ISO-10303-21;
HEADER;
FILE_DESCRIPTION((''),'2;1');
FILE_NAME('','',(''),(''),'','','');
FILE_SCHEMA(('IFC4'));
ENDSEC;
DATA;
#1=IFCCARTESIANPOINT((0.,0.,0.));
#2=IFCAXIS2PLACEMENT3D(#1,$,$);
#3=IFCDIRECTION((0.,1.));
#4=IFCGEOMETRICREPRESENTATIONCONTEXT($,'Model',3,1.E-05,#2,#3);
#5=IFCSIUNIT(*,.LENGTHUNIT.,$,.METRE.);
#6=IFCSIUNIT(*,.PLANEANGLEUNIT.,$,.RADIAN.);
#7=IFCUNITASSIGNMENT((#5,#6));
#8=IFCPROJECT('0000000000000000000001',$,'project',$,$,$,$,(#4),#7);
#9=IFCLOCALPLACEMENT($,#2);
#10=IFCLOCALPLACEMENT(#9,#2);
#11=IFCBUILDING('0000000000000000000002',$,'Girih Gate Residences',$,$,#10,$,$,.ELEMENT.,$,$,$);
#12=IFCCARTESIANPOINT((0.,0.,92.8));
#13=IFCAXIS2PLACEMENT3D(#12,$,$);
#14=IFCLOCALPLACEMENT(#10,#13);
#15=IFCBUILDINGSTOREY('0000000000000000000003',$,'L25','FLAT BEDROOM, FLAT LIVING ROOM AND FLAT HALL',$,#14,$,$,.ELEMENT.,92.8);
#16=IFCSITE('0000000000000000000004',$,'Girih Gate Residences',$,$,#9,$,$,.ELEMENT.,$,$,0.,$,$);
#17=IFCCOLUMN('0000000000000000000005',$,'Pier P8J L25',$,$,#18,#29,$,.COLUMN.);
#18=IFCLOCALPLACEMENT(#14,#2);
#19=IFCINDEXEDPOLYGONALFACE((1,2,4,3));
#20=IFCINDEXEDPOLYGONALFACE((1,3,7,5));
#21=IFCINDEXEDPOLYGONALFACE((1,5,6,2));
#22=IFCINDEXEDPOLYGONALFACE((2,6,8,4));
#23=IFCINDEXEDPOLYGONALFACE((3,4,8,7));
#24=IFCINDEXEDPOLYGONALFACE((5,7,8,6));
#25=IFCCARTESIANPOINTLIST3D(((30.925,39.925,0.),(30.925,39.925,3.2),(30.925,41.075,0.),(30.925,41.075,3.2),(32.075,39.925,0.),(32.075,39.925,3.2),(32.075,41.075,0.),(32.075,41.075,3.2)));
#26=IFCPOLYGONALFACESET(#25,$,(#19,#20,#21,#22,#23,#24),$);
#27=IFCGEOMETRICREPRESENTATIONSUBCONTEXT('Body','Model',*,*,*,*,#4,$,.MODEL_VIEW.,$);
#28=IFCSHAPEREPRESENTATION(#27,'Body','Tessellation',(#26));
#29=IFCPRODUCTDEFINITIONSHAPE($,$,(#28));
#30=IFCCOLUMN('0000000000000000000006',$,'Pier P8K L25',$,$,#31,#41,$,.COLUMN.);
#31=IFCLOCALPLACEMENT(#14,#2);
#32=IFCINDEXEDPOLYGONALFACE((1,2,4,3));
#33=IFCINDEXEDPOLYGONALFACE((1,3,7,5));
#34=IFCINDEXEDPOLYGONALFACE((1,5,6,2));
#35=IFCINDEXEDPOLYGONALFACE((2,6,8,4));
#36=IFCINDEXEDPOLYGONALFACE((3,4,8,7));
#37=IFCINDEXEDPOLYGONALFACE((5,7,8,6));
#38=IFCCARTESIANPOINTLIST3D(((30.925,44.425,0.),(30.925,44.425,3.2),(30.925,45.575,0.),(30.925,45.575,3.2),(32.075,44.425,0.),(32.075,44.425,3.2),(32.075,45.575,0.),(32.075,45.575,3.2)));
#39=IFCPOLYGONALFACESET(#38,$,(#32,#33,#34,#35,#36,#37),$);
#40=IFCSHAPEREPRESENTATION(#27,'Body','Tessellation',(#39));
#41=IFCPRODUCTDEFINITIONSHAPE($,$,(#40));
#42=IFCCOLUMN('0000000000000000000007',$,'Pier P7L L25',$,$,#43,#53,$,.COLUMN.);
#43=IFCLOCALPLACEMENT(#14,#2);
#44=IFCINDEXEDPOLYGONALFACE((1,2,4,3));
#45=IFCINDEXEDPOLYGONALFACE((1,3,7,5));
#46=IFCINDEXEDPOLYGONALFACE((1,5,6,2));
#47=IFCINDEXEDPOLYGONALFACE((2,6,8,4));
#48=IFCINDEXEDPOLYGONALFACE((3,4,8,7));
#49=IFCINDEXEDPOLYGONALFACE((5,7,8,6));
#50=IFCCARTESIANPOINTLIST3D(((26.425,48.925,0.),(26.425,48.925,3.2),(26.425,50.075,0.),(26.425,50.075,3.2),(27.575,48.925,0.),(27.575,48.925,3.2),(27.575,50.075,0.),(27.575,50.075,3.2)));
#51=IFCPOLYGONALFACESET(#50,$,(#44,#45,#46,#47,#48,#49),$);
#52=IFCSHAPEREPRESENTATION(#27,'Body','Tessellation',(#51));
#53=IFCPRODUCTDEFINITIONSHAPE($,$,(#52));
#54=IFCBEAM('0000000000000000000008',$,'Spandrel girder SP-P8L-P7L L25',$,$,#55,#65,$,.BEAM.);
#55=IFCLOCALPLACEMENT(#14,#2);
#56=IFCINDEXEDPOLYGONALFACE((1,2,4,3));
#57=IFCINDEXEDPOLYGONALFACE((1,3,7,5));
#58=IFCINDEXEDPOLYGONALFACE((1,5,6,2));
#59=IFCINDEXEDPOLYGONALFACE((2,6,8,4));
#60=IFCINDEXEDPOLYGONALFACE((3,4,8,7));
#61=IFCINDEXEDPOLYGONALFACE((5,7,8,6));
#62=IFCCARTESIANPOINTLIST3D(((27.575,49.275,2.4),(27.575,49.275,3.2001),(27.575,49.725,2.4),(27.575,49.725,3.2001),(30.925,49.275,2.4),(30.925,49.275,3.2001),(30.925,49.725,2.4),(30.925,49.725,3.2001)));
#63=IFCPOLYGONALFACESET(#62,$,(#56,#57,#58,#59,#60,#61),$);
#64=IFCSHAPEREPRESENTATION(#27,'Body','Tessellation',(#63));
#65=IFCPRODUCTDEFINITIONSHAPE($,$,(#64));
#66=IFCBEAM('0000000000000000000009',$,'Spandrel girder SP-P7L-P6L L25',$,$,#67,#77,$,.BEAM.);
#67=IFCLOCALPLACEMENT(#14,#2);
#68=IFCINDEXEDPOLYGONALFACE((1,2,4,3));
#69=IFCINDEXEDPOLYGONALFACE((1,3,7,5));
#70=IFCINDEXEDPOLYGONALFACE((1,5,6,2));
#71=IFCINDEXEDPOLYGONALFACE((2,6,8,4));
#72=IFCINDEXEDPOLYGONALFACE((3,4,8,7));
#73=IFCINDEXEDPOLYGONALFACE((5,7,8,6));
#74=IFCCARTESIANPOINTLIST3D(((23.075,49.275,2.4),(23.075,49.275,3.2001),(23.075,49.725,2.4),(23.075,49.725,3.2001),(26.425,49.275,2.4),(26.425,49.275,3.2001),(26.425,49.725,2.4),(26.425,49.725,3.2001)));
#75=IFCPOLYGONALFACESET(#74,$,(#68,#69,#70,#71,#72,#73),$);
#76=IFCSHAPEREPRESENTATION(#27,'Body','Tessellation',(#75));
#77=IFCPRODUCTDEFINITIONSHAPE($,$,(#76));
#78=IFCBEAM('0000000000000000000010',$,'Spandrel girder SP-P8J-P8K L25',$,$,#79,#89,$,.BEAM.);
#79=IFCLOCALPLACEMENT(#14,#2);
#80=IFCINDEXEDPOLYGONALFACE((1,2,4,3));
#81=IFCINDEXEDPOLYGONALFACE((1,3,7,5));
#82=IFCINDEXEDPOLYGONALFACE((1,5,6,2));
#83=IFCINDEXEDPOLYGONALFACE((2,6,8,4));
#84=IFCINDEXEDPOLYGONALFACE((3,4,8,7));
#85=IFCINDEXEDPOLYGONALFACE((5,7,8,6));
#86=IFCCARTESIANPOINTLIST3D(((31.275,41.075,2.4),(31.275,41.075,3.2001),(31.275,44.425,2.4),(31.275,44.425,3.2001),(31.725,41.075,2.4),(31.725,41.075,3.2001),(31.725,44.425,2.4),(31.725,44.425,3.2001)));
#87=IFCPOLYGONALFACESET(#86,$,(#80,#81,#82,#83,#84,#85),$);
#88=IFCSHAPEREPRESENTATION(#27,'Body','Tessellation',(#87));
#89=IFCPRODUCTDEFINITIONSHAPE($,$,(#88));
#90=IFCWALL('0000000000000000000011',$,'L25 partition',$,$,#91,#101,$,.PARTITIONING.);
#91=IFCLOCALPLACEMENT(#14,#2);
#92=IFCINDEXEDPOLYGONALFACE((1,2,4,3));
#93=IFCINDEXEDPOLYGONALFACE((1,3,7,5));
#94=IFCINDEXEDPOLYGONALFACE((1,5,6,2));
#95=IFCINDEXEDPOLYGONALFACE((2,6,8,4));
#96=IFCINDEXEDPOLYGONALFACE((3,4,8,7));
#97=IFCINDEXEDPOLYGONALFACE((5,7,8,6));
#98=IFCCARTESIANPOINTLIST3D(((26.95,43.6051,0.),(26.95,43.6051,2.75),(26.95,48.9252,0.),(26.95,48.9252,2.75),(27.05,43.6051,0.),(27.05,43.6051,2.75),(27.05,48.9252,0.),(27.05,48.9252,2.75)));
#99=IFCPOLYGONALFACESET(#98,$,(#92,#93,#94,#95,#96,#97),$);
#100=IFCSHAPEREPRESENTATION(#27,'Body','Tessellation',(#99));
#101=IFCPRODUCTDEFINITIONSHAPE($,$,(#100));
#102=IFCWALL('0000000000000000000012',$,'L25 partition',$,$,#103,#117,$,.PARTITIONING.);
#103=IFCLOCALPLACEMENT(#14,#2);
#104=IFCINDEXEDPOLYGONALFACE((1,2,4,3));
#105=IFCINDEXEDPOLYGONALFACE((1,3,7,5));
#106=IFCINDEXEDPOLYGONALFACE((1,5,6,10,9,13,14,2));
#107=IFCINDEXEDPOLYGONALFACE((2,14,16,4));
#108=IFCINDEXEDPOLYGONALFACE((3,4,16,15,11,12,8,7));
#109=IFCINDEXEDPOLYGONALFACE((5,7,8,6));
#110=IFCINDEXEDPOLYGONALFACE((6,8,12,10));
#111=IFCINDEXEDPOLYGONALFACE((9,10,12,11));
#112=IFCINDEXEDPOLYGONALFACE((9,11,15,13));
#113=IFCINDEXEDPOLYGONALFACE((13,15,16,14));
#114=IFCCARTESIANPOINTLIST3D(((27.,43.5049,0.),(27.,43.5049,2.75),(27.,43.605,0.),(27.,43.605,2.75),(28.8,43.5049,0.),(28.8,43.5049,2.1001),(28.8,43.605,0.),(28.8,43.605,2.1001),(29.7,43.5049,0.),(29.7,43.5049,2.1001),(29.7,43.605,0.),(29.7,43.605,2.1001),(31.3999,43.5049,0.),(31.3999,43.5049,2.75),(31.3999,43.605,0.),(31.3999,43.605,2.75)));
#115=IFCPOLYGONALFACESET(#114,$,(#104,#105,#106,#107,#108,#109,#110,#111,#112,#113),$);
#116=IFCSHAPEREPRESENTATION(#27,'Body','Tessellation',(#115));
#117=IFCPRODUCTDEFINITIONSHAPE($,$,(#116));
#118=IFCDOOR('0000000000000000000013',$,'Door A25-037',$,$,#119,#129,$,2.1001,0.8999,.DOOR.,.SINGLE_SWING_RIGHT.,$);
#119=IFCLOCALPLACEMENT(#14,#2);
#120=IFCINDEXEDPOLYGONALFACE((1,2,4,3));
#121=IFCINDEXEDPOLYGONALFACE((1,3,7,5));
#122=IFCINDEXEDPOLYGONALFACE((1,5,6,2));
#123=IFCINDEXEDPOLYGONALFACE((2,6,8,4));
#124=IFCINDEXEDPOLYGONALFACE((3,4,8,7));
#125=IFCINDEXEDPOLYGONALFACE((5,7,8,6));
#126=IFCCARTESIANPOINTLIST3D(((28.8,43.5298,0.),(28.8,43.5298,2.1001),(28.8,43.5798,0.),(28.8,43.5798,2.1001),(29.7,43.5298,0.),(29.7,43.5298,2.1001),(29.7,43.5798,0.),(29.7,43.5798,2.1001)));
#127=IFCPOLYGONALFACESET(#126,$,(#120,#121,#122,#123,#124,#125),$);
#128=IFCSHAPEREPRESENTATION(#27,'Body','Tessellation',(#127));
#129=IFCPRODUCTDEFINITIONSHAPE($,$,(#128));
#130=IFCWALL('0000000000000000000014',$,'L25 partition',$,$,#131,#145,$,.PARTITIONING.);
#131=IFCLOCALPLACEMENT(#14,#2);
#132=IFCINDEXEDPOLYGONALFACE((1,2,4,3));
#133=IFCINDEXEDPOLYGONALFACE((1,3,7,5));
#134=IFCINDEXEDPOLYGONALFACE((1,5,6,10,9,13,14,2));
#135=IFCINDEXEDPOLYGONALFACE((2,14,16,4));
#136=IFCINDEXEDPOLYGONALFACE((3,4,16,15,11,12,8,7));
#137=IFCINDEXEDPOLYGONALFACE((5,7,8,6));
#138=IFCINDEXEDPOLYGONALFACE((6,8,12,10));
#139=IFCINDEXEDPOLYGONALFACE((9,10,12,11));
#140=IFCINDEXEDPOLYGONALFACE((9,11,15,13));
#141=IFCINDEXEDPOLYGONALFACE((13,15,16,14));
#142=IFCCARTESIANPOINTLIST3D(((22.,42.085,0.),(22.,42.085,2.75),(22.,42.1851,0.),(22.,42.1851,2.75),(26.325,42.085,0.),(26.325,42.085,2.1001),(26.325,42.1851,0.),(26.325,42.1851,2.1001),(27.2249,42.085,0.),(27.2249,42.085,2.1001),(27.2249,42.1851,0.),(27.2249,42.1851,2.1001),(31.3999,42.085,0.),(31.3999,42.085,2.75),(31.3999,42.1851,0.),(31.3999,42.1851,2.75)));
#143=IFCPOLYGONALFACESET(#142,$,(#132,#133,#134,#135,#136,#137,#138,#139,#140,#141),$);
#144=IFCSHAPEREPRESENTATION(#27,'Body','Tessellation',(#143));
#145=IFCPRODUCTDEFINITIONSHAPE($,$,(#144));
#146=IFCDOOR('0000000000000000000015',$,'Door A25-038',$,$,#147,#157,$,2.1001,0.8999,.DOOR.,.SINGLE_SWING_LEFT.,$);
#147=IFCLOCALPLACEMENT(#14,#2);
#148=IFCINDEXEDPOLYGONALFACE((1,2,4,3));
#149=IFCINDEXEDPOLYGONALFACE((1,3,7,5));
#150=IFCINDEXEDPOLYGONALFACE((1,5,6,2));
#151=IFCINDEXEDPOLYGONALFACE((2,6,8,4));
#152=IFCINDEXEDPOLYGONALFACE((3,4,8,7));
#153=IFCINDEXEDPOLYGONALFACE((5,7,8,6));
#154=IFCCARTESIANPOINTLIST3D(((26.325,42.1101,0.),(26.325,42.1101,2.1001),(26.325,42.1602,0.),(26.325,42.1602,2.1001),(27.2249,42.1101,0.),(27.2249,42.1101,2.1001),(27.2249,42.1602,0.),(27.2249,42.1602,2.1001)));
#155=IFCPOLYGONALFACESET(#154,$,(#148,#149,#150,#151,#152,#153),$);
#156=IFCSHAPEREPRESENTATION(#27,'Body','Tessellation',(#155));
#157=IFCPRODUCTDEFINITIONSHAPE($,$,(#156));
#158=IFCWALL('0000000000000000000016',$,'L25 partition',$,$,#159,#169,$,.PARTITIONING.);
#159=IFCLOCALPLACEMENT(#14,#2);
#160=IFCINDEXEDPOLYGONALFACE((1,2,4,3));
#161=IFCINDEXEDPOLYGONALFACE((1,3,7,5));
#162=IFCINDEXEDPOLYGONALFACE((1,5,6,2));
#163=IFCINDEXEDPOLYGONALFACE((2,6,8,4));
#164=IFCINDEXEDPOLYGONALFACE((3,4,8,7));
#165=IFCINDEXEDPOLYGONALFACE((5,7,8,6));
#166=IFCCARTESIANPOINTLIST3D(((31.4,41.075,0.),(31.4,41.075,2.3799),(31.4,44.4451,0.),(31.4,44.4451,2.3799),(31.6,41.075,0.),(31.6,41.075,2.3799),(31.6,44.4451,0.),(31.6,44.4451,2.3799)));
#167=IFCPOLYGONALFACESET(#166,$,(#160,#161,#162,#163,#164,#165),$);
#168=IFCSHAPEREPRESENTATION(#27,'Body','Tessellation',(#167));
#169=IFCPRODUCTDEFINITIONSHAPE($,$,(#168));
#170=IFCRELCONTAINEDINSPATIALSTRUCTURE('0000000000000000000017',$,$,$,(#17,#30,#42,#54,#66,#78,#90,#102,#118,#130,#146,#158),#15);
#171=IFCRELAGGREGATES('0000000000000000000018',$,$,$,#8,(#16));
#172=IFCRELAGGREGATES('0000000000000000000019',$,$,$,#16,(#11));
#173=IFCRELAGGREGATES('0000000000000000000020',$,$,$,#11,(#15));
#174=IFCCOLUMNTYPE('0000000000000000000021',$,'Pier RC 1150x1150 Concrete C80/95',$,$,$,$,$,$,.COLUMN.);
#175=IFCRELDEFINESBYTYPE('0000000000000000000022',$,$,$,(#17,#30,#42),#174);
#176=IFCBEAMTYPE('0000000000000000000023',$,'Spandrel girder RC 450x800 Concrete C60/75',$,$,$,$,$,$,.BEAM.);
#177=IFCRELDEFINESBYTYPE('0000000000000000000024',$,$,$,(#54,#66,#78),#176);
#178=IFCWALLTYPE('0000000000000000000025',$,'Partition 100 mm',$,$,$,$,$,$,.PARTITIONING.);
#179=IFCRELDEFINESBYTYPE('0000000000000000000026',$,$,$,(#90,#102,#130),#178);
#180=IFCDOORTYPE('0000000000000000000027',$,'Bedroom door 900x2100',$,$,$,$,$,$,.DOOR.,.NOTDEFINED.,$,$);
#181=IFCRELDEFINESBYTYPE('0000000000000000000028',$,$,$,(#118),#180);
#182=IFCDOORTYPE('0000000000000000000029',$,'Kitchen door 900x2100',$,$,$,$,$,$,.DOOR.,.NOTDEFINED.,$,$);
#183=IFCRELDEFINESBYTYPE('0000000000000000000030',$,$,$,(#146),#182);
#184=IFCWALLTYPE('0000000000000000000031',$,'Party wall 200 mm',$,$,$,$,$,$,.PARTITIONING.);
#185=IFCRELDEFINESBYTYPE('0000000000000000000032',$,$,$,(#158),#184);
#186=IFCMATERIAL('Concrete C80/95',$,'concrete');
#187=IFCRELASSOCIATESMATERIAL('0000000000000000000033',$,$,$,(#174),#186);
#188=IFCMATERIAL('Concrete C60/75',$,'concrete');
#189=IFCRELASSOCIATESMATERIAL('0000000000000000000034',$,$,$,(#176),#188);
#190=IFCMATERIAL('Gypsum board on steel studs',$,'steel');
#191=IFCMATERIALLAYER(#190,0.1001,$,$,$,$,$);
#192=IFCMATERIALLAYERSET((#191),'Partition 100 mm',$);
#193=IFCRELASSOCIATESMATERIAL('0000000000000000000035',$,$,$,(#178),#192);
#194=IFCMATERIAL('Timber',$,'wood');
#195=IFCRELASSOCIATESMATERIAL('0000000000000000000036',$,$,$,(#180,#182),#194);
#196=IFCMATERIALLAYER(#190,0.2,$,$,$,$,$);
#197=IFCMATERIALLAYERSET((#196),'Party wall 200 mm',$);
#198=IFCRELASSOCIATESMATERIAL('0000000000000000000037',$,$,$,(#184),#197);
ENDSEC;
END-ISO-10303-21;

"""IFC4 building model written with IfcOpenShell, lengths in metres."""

from ifc_helpers import new_model, si_unit, direction, frame, frame_2d, origin, origin_2d, place, context, subcontext, project, spatial, rectangle, extrude, material, layer, layer_set, material_profile, profile_set, type_object, element, fill, save


model = new_model("IFC4")

# Units and contexts
model_context = context("Model", 3, precision=1e-05, world=origin(), true_north=direction((0.0, 1.0)))
body_context = subcontext(model_context, "Body", "Model", "MODEL_VIEW")
ifc_project = project(units=[si_unit("LENGTHUNIT", "METRE"), si_unit("PLANEANGLEUNIT", "RADIAN")], contexts=[model_context])

# Site, building, storey
site_placement = place(None, origin())
site = spatial("IfcSite", under=ifc_project, at=site_placement, Name="Girih Gate Residences", CompositionType="ELEMENT", RefElevation=0.0)
building_placement = place(site_placement, origin())
building = spatial("IfcBuilding", under=site, at=building_placement, Name="Girih Gate Residences", CompositionType="ELEMENT")
storey_placement = place(building_placement, frame((0.0, 0.0, 92.8)))
storey = spatial("IfcBuildingStorey", under=building, at=storey_placement, Name="L25", Description="FLAT BEDROOM, FLAT LIVING ROOM AND FLAT HALL", CompositionType="ELEMENT", Elevation=92.8)

# Columns
ifc_material_1 = material(Name="Concrete C80/95", Category="concrete")
ifc_material_profile_1 = material_profile(ifc_material_1, rectangle(XDim=1.1499, YDim=1.1499, at=origin_2d()))
ifc_profile_set_1 = profile_set([ifc_material_profile_1], Name="Concrete C80/95")
column_type = type_object("IfcColumnType", Name="Pier RC 1150x1150 Concrete C80/95", PredefinedType="COLUMN", material=ifc_profile_set_1)
for number, where, z_axis, x_axis, name in (
    (1, (31.5, 40.5, 0.0), (0.0, 0.0, 1.0), (1.0, 0.0, 0.0), "Pier P8J L25"),
    (2, (31.5, 45.0, 0.0), (0.0, 0.0, 1.0), (1.0, 0.0, 0.0), "Pier P8K L25"),
    (3, (27.0, 49.5, 0.0), (0.0, 0.0, 1.0), (1.0, 0.0, 0.0), "Pier P7L L25"),
):
    element("IfcColumn", number, at=place(storey_placement, frame(where, z_axis=z_axis, x_axis=x_axis)), inside=storey, type_object=column_type, Name=name, PredefinedType="COLUMN", context=body_context, shape_type="SweptSolid", body=[
        extrude(rectangle(XDim=1.1499, YDim=1.1499, at=origin_2d()), origin(), (0.0, 0.0, 1.0), 3.2),
    ])

# Beams
ifc_material_2 = material(Name="Concrete C60/75", Category="concrete")
ifc_material_profile_2 = material_profile(ifc_material_2, rectangle(XDim=0.45, YDim=0.8, at=origin_2d()))
ifc_profile_set_2 = profile_set([ifc_material_profile_2], Name="Concrete C60/75")
beam_type = type_object("IfcBeamType", Name="Spandrel girder RC 450x800 Concrete C60/75", PredefinedType="BEAM", material=ifc_profile_set_2)
for number, where, z_axis, x_axis, name in (
    (4, (30.925, 49.5, 2.8), (-1.0, 0.0, 0.0), (0.0, -1.0, 0.0), "Spandrel girder SP-P8L-P7L L25"),
    (5, (26.425, 49.5, 2.8), (-1.0, 0.0, 0.0), (0.0, -1.0, 0.0), "Spandrel girder SP-P7L-P6L L25"),
    (6, (31.5, 41.075, 2.8), (0.0, 1.0, 0.0), (-1.0, 0.0, 0.0), "Spandrel girder SP-P8J-P8K L25"),
):
    element("IfcBeam", number, at=place(storey_placement, frame(where, z_axis=z_axis, x_axis=x_axis)), inside=storey, type_object=beam_type, Name=name, PredefinedType="BEAM", context=body_context, shape_type="SweptSolid", body=[
        extrude(rectangle(XDim=0.45, YDim=0.8, at=origin_2d()), origin(), (0.0, 0.0, 1.0), 3.3501),
    ])

# Wall
ifc_material_3 = material(Name="Gypsum board on steel studs", Category="steel")
ifc_layer_1 = layer(ifc_material_3, 0.1001)
ifc_layer_set_1 = layer_set([ifc_layer_1], Name="Partition 100 mm")
wall_type_1 = type_object("IfcWallType", Name="Partition 100 mm", PredefinedType="PARTITIONING", material=ifc_layer_set_1)
wall_1_placement = place(storey_placement, frame((27.0, 43.605, 0.0), z_axis=(0.0, 0.0, 1.0), x_axis=(0.0, 1.0, 0.0)))
element("IfcWall", 7, at=wall_1_placement, inside=storey, type_object=wall_type_1, Name="L25 partition", PredefinedType="PARTITIONING", context=body_context, shape_type="SweptSolid", body=[
    extrude(rectangle(XDim=5.3201, YDim=0.1001, at=frame_2d((2.6602, 0.0))), origin(), (0.0, 0.0, 1.0), 2.75),
])

# Walls, openings, doors
wall_2_placement = place(storey_placement, frame((27.0, 43.5549, 0.0), z_axis=(0.0, 0.0, 1.0), x_axis=(1.0, 0.0, 0.0)))
wall_2 = element("IfcWall", 8, at=wall_2_placement, inside=storey, type_object=wall_type_1, Name="L25 partition", PredefinedType="PARTITIONING", context=body_context, shape_type="SweptSolid", body=[
    extrude(rectangle(XDim=4.3999, YDim=0.1001, at=frame_2d((2.2, 0.0))), origin(), (0.0, 0.0, 1.0), 2.75),
])
opening_1_placement = place(wall_2_placement, frame((1.8, 0.0, 0.0)))
opening_1 = element("IfcOpeningElement", 9, at=opening_1_placement, cuts=wall_2, PredefinedType="OPENING", context=body_context, shape_type="SweptSolid", body=[
    extrude(rectangle(XDim=0.8999, YDim=2.1001, at=frame_2d((0.45, 1.05))), frame((0.0, 0.0601, 0.0), z_axis=(0.0, -1.0, 0.0), x_axis=(1.0, 0.0, 0.0)), (0.0, 0.0, 1.0), 0.1201),
])
ifc_material_4 = material(Name="Timber", Category="wood")
door_type_1 = type_object("IfcDoorType", Name="Bedroom door 900x2100", OperationType="NOTDEFINED", PredefinedType="DOOR", material=ifc_material_4)
door_1_placement = place(opening_1_placement, origin())
door_1 = element("IfcDoor", 10, at=door_1_placement, inside=storey, type_object=door_type_1, Name="Door A25-037", OperationType="SINGLE_SWING_RIGHT", OverallHeight=2.1001, OverallWidth=0.8999, PredefinedType="DOOR", context=body_context, shape_type="SweptSolid", body=[
    extrude(rectangle(XDim=0.8999, YDim=2.1001, at=frame_2d((0.45, 1.05))), frame((0.0, 0.0249, 0.0), z_axis=(0.0, -1.0, 0.0), x_axis=(1.0, 0.0, 0.0)), (0.0, 0.0, 1.0), 0.05),
])
fill(opening_1, door_1)
wall_3_placement = place(storey_placement, frame((31.3999, 42.135, 0.0), z_axis=(0.0, 0.0, 1.0), x_axis=(-1.0, 0.0, 0.0)))
wall_3 = element("IfcWall", 11, at=wall_3_placement, inside=storey, type_object=wall_type_1, Name="L25 partition", PredefinedType="PARTITIONING", context=body_context, shape_type="SweptSolid", body=[
    extrude(rectangle(XDim=9.3999, YDim=0.1001, at=frame_2d((4.7, 0.0))), origin(), (0.0, 0.0, 1.0), 2.75),
])
opening_2_placement = place(wall_3_placement, frame((4.175, 0.0, 0.0)))
opening_2 = element("IfcOpeningElement", 12, at=opening_2_placement, cuts=wall_3, PredefinedType="OPENING", context=body_context, shape_type="SweptSolid", body=[
    extrude(rectangle(XDim=0.8999, YDim=2.1001, at=frame_2d((0.45, 1.05))), frame((0.0, 0.0601, 0.0), z_axis=(0.0, -1.0, 0.0), x_axis=(1.0, 0.0, 0.0)), (0.0, 0.0, 1.0), 0.1201),
])
door_type_2 = type_object("IfcDoorType", Name="Kitchen door 900x2100", OperationType="NOTDEFINED", PredefinedType="DOOR", material=ifc_material_4)
door_2_placement = place(opening_2_placement, origin())
door_2 = element("IfcDoor", 13, at=door_2_placement, inside=storey, type_object=door_type_2, Name="Door A25-038", OperationType="SINGLE_SWING_LEFT", OverallHeight=2.1001, OverallWidth=0.8999, PredefinedType="DOOR", context=body_context, shape_type="SweptSolid", body=[
    extrude(rectangle(XDim=0.8999, YDim=2.1001, at=frame_2d((0.45, 1.05))), frame((0.0, 0.0249, 0.0), z_axis=(0.0, -1.0, 0.0), x_axis=(1.0, 0.0, 0.0)), (0.0, 0.0, 1.0), 0.05),
])
fill(opening_2, door_2)

# Wall
ifc_layer_2 = layer(ifc_material_3, 0.2)
ifc_layer_set_2 = layer_set([ifc_layer_2], Name="Party wall 200 mm")
wall_type_2 = type_object("IfcWallType", Name="Party wall 200 mm", PredefinedType="PARTITIONING", material=ifc_layer_set_2)
wall_4_placement = place(storey_placement, frame((31.5, 41.075, 0.0), z_axis=(0.0, 0.0, 1.0), x_axis=(0.0, 1.0, 0.0)))
element("IfcWall", 14, at=wall_4_placement, inside=storey, type_object=wall_type_2, Name="L25 partition", PredefinedType="PARTITIONING", context=body_context, shape_type="SweptSolid", body=[
    extrude(rectangle(XDim=3.3701, YDim=0.2, at=frame_2d((1.6851, 0.0))), origin(), (0.0, 0.0, 1.0), 2.3799),
])

save(model, "model.ifc")
